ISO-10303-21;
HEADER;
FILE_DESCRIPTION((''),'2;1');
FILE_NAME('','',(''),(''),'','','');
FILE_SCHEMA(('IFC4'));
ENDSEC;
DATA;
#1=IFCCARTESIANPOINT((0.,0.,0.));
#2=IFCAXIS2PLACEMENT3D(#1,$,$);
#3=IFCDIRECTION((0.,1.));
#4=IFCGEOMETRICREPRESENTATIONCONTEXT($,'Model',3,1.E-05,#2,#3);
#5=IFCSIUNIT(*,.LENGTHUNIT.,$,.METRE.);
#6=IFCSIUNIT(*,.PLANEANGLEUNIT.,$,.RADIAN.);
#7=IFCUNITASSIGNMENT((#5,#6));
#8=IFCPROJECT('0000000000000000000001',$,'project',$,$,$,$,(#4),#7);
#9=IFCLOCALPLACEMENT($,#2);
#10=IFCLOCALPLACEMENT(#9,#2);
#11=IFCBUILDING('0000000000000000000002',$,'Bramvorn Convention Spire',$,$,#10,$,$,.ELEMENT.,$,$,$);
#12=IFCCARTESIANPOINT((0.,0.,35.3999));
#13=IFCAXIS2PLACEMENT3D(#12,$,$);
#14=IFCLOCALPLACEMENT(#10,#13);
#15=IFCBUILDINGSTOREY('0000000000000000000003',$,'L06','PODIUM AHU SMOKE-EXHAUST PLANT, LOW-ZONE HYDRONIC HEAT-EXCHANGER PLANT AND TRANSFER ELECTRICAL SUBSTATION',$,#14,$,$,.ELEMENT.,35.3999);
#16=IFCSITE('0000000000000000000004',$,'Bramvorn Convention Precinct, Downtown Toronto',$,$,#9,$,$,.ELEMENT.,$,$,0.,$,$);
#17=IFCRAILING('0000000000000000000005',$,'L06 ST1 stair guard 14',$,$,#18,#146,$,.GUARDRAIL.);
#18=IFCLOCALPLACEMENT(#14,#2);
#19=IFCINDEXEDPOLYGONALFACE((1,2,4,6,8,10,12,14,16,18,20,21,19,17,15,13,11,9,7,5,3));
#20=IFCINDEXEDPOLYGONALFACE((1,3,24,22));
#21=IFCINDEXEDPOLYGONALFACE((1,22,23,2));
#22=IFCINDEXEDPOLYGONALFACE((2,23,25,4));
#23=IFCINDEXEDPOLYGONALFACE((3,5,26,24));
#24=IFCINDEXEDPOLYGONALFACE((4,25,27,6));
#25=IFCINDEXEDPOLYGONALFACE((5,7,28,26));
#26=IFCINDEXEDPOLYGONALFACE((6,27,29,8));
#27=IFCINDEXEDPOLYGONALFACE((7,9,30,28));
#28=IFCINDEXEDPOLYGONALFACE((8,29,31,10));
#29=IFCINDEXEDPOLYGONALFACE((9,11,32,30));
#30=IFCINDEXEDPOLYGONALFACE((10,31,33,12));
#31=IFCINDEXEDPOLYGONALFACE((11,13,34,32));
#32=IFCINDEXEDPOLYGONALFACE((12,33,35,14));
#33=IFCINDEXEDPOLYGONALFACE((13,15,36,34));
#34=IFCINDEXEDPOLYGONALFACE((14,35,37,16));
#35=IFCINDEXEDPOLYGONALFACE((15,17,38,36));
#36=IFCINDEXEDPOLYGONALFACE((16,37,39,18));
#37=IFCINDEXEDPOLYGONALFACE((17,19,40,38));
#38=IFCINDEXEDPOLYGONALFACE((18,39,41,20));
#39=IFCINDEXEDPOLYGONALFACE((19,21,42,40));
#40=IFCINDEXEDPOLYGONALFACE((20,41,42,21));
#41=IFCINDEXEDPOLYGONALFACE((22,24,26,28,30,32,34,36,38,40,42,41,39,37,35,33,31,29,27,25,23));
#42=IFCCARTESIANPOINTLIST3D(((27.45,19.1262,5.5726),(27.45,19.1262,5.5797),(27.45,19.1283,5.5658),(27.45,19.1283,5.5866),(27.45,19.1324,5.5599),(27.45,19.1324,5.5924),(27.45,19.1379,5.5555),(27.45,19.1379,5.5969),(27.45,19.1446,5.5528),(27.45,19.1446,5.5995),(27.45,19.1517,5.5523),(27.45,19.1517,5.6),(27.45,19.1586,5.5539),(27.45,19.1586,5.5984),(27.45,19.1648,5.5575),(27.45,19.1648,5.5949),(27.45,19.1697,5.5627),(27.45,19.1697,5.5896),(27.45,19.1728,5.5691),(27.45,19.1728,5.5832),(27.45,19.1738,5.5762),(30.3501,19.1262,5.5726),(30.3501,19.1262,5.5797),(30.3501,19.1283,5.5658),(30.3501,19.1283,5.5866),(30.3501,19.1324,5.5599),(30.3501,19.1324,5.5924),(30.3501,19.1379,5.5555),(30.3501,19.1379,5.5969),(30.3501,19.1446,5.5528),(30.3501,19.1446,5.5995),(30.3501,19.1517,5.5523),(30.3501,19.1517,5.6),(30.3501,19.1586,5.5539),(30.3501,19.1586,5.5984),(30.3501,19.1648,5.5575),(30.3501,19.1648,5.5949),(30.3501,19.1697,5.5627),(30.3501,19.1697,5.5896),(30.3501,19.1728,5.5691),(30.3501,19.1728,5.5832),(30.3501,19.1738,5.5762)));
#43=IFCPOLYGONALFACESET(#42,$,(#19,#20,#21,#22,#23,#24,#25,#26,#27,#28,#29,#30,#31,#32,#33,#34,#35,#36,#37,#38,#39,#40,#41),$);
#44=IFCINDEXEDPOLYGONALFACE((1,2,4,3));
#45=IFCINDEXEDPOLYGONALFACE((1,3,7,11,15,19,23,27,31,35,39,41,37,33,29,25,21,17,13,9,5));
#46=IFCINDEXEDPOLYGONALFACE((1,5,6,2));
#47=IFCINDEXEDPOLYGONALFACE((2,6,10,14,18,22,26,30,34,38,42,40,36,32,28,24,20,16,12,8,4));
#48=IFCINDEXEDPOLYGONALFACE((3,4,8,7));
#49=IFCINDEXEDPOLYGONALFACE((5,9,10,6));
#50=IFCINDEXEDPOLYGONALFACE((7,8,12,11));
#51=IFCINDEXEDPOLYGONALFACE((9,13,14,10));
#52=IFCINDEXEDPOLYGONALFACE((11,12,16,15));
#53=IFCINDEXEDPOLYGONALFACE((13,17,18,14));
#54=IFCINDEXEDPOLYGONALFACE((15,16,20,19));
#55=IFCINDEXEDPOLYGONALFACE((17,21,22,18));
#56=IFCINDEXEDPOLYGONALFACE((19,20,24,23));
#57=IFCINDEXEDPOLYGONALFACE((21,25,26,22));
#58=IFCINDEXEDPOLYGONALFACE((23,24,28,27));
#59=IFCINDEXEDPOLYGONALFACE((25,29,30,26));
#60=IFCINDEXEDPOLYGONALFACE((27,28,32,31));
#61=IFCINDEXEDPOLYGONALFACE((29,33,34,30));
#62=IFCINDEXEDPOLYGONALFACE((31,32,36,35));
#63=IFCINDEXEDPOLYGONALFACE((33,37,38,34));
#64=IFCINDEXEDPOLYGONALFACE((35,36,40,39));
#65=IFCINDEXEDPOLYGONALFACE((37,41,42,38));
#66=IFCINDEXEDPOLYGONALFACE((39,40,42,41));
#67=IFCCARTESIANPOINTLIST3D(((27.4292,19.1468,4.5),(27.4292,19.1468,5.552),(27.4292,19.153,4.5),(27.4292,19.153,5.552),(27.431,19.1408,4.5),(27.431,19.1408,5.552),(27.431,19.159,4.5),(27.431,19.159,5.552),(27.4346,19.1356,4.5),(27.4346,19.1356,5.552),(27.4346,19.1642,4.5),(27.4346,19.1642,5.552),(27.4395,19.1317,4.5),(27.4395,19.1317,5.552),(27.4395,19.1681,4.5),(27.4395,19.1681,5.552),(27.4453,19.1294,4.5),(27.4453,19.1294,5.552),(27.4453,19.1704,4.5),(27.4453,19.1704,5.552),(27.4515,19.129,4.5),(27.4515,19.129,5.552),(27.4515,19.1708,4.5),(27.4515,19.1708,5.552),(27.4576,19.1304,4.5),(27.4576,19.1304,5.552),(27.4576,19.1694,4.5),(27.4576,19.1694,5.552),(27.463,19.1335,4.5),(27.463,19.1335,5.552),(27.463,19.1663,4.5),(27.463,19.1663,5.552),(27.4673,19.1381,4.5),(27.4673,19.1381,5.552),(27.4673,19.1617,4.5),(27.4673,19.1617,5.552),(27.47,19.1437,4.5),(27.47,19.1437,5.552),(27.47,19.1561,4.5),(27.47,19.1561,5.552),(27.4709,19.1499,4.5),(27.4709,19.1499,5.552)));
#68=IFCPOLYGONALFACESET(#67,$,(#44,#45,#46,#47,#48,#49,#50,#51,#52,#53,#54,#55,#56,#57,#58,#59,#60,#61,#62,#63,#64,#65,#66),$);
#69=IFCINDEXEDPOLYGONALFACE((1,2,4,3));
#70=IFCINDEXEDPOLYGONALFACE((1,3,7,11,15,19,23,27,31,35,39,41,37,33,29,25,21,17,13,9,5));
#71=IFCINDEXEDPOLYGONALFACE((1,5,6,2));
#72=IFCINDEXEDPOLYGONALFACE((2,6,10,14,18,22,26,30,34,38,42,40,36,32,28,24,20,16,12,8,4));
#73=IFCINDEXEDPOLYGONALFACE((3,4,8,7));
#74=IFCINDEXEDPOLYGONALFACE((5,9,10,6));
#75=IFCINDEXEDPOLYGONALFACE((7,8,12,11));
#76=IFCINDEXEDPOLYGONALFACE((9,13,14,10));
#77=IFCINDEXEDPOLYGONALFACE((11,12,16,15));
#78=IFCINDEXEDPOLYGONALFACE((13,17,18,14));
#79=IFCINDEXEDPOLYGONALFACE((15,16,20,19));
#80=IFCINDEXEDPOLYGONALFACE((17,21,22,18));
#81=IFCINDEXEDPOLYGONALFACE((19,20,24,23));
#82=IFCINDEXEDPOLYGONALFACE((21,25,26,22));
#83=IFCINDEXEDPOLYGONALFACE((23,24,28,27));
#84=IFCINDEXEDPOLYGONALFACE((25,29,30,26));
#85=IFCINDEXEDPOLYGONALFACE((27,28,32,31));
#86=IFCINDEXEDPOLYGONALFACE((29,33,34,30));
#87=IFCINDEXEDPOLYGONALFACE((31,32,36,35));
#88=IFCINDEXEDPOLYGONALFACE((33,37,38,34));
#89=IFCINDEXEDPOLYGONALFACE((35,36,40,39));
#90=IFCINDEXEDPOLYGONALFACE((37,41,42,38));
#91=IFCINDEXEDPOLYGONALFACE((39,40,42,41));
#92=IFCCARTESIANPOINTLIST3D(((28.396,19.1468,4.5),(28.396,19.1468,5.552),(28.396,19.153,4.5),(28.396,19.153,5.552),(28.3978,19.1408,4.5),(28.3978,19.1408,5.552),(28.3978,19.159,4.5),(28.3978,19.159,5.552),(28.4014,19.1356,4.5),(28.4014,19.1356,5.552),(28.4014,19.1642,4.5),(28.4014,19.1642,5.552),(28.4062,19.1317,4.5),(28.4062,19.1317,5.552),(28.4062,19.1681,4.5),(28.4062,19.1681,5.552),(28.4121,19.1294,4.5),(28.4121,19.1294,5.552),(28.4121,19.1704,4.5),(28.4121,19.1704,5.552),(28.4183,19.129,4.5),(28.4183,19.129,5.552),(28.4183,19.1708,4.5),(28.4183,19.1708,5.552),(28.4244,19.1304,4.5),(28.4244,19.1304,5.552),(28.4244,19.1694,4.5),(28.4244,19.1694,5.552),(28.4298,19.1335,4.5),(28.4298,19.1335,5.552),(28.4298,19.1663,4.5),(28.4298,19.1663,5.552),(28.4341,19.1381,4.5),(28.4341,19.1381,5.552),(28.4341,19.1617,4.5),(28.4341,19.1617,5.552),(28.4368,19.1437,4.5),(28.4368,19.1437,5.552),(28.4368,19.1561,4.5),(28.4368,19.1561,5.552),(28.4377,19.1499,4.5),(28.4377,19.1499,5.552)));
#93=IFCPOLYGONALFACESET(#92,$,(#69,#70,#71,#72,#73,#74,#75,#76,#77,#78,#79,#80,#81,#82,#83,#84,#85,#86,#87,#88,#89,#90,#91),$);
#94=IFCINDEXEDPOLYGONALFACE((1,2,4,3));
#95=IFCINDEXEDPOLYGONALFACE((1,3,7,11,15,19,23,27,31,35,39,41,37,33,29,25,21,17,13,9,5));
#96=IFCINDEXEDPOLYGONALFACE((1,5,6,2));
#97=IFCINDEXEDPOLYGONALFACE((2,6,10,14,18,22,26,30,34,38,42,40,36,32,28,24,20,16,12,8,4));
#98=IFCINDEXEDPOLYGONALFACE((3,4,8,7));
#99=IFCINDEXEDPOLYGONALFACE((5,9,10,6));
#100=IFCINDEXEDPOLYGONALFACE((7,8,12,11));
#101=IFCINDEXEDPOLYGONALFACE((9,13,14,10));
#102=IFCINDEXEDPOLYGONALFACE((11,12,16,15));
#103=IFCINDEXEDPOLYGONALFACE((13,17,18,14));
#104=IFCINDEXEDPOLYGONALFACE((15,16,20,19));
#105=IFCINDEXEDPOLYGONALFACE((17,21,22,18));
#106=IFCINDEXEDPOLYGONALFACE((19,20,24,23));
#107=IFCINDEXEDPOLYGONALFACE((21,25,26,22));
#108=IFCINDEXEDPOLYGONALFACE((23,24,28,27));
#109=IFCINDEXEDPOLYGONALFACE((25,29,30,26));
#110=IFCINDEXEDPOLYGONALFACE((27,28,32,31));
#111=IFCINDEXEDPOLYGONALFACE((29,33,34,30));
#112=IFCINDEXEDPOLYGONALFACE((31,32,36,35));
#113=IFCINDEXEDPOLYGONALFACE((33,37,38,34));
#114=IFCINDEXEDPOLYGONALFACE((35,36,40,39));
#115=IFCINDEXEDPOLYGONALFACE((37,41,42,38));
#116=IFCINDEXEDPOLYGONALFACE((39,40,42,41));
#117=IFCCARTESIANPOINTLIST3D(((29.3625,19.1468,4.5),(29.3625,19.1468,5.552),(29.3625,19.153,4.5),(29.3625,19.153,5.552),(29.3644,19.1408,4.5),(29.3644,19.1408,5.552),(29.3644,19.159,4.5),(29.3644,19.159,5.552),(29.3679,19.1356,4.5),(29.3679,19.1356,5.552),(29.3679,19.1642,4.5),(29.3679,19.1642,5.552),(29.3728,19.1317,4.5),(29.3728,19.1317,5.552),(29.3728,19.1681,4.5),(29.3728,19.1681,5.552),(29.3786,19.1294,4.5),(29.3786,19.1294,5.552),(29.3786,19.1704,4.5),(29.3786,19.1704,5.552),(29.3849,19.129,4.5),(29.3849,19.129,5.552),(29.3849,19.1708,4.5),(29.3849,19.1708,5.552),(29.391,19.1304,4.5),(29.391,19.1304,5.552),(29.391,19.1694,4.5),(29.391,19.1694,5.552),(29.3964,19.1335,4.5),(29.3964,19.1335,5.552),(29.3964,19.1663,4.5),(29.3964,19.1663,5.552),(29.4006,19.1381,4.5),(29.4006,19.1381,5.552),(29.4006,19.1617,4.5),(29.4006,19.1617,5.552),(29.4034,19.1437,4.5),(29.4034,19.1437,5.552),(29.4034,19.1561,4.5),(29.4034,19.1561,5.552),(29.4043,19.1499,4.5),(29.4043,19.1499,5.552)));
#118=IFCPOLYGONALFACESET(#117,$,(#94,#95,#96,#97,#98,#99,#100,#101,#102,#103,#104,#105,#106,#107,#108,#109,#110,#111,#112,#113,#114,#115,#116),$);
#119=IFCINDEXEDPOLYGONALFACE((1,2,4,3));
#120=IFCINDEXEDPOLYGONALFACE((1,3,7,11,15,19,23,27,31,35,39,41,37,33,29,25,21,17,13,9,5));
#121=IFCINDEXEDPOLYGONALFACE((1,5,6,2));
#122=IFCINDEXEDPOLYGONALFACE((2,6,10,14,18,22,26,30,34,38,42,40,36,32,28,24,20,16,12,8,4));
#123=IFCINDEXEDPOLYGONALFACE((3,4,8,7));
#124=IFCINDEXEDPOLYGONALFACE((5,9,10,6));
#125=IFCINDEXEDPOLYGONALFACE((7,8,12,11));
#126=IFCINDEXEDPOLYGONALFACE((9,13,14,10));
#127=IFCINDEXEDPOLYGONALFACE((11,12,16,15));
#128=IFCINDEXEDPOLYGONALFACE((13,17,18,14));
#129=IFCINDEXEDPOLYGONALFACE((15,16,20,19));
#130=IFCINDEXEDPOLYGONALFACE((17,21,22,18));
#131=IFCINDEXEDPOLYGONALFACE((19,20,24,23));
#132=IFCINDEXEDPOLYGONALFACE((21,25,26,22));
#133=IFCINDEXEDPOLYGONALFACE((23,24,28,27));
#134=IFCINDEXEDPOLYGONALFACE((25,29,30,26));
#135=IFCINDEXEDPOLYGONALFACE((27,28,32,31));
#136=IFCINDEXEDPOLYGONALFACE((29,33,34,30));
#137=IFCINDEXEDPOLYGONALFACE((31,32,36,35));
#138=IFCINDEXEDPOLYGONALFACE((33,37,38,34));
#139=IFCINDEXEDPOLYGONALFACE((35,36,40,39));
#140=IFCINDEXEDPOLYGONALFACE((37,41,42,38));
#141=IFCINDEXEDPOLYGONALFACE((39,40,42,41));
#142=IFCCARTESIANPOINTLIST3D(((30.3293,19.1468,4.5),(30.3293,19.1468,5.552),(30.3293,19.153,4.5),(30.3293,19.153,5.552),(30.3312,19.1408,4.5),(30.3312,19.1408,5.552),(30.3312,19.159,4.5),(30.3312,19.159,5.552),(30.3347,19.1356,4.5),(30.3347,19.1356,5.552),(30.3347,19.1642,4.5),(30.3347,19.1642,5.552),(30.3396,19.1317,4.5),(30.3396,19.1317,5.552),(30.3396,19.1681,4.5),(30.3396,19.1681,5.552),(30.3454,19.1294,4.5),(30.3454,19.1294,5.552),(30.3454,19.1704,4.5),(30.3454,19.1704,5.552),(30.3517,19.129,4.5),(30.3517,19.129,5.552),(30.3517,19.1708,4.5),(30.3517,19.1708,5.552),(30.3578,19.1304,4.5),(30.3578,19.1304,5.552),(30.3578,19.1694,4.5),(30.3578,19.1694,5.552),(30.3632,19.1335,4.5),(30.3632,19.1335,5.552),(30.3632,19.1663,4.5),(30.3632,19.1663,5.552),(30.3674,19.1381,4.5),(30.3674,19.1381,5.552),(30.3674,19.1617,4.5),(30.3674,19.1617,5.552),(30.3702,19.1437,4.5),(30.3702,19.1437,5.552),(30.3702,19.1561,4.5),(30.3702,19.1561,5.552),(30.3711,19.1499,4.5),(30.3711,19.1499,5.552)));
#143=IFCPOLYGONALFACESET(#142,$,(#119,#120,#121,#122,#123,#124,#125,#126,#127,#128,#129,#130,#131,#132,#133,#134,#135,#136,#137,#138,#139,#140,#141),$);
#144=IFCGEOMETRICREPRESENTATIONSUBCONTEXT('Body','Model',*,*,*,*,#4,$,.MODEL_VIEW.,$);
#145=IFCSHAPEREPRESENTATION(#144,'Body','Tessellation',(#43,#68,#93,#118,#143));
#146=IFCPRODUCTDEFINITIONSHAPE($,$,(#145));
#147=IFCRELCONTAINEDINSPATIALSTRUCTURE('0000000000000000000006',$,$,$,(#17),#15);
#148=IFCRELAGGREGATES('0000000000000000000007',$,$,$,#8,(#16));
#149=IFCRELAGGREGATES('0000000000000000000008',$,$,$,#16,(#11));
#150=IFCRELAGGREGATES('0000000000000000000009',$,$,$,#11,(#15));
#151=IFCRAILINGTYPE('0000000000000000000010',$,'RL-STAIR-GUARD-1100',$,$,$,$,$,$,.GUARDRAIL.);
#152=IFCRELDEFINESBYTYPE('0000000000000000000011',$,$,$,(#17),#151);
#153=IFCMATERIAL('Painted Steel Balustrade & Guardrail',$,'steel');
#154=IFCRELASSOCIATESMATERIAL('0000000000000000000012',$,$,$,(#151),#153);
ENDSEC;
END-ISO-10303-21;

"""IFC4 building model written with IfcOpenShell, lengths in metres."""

from ifc_helpers import new_model, si_unit, direction, frame, origin, origin_2d, place, context, subcontext, project, spatial, circle, extrude, material, type_object, element, save


model = new_model("IFC4")

# Units and contexts
model_context = context("Model", 3, precision=1e-05, world=origin(), true_north=direction((0.0, 1.0)))
body_context = subcontext(model_context, "Body", "Model", "MODEL_VIEW")
ifc_project = project(units=[si_unit("LENGTHUNIT", "METRE"), si_unit("PLANEANGLEUNIT", "RADIAN")], contexts=[model_context])

# Site, building, storey
site_placement = place(None, origin())
site = spatial("IfcSite", under=ifc_project, at=site_placement, Name="Bramvorn Convention Precinct, Downtown Toronto", CompositionType="ELEMENT", RefElevation=0.0)
building_placement = place(site_placement, origin())
building = spatial("IfcBuilding", under=site, at=building_placement, Name="Bramvorn Convention Spire", CompositionType="ELEMENT")
storey_placement = place(building_placement, frame((0.0, 0.0, 35.3999)))
storey = spatial("IfcBuildingStorey", under=building, at=storey_placement, Name="L06", Description="PODIUM AHU SMOKE-EXHAUST PLANT, LOW-ZONE HYDRONIC HEAT-EXCHANGER PLANT AND TRANSFER ELECTRICAL SUBSTATION", CompositionType="ELEMENT", Elevation=35.3999)

# Railing
ifc_material_1 = material(Name="Painted Steel Balustrade & Guardrail", Category="steel")
railing_type_1 = type_object("IfcRailingType", Name="RL-STAIR-GUARD-1100", PredefinedType="GUARDRAIL", material=ifc_material_1)
railing_1_placement = place(storey_placement, frame((27.45, 19.1499, 4.5)))
element("IfcRailing", 1, at=railing_1_placement, inside=storey, type_object=railing_type_1, Name="L06 ST1 stair guard 14", PredefinedType="GUARDRAIL", context=body_context, shape_type="SweptSolid", body=[
    extrude(circle(Radius=0.0239, at=origin_2d()), frame((0.0, 0.0, 1.0762), z_axis=(1.0, 0.0, 0.0), x_axis=(0.0, 1.0, 0.0)), (0.0, 0.0, 1.0), 2.9001),
    extrude(circle(Radius=0.021, at=origin_2d()), origin(), (0.0, 0.0, 1.0), 1.052),
    extrude(circle(Radius=0.021, at=origin_2d()), frame((0.9668, 0.0, 0.0)), (0.0, 0.0, 1.0), 1.052),
    extrude(circle(Radius=0.021, at=origin_2d()), frame((1.9333, 0.0, 0.0)), (0.0, 0.0, 1.0), 1.052),
    extrude(circle(Radius=0.021, at=origin_2d()), frame((2.9001, 0.0, 0.0)), (0.0, 0.0, 1.0), 1.052),
])

save(model, "model.ifc")
